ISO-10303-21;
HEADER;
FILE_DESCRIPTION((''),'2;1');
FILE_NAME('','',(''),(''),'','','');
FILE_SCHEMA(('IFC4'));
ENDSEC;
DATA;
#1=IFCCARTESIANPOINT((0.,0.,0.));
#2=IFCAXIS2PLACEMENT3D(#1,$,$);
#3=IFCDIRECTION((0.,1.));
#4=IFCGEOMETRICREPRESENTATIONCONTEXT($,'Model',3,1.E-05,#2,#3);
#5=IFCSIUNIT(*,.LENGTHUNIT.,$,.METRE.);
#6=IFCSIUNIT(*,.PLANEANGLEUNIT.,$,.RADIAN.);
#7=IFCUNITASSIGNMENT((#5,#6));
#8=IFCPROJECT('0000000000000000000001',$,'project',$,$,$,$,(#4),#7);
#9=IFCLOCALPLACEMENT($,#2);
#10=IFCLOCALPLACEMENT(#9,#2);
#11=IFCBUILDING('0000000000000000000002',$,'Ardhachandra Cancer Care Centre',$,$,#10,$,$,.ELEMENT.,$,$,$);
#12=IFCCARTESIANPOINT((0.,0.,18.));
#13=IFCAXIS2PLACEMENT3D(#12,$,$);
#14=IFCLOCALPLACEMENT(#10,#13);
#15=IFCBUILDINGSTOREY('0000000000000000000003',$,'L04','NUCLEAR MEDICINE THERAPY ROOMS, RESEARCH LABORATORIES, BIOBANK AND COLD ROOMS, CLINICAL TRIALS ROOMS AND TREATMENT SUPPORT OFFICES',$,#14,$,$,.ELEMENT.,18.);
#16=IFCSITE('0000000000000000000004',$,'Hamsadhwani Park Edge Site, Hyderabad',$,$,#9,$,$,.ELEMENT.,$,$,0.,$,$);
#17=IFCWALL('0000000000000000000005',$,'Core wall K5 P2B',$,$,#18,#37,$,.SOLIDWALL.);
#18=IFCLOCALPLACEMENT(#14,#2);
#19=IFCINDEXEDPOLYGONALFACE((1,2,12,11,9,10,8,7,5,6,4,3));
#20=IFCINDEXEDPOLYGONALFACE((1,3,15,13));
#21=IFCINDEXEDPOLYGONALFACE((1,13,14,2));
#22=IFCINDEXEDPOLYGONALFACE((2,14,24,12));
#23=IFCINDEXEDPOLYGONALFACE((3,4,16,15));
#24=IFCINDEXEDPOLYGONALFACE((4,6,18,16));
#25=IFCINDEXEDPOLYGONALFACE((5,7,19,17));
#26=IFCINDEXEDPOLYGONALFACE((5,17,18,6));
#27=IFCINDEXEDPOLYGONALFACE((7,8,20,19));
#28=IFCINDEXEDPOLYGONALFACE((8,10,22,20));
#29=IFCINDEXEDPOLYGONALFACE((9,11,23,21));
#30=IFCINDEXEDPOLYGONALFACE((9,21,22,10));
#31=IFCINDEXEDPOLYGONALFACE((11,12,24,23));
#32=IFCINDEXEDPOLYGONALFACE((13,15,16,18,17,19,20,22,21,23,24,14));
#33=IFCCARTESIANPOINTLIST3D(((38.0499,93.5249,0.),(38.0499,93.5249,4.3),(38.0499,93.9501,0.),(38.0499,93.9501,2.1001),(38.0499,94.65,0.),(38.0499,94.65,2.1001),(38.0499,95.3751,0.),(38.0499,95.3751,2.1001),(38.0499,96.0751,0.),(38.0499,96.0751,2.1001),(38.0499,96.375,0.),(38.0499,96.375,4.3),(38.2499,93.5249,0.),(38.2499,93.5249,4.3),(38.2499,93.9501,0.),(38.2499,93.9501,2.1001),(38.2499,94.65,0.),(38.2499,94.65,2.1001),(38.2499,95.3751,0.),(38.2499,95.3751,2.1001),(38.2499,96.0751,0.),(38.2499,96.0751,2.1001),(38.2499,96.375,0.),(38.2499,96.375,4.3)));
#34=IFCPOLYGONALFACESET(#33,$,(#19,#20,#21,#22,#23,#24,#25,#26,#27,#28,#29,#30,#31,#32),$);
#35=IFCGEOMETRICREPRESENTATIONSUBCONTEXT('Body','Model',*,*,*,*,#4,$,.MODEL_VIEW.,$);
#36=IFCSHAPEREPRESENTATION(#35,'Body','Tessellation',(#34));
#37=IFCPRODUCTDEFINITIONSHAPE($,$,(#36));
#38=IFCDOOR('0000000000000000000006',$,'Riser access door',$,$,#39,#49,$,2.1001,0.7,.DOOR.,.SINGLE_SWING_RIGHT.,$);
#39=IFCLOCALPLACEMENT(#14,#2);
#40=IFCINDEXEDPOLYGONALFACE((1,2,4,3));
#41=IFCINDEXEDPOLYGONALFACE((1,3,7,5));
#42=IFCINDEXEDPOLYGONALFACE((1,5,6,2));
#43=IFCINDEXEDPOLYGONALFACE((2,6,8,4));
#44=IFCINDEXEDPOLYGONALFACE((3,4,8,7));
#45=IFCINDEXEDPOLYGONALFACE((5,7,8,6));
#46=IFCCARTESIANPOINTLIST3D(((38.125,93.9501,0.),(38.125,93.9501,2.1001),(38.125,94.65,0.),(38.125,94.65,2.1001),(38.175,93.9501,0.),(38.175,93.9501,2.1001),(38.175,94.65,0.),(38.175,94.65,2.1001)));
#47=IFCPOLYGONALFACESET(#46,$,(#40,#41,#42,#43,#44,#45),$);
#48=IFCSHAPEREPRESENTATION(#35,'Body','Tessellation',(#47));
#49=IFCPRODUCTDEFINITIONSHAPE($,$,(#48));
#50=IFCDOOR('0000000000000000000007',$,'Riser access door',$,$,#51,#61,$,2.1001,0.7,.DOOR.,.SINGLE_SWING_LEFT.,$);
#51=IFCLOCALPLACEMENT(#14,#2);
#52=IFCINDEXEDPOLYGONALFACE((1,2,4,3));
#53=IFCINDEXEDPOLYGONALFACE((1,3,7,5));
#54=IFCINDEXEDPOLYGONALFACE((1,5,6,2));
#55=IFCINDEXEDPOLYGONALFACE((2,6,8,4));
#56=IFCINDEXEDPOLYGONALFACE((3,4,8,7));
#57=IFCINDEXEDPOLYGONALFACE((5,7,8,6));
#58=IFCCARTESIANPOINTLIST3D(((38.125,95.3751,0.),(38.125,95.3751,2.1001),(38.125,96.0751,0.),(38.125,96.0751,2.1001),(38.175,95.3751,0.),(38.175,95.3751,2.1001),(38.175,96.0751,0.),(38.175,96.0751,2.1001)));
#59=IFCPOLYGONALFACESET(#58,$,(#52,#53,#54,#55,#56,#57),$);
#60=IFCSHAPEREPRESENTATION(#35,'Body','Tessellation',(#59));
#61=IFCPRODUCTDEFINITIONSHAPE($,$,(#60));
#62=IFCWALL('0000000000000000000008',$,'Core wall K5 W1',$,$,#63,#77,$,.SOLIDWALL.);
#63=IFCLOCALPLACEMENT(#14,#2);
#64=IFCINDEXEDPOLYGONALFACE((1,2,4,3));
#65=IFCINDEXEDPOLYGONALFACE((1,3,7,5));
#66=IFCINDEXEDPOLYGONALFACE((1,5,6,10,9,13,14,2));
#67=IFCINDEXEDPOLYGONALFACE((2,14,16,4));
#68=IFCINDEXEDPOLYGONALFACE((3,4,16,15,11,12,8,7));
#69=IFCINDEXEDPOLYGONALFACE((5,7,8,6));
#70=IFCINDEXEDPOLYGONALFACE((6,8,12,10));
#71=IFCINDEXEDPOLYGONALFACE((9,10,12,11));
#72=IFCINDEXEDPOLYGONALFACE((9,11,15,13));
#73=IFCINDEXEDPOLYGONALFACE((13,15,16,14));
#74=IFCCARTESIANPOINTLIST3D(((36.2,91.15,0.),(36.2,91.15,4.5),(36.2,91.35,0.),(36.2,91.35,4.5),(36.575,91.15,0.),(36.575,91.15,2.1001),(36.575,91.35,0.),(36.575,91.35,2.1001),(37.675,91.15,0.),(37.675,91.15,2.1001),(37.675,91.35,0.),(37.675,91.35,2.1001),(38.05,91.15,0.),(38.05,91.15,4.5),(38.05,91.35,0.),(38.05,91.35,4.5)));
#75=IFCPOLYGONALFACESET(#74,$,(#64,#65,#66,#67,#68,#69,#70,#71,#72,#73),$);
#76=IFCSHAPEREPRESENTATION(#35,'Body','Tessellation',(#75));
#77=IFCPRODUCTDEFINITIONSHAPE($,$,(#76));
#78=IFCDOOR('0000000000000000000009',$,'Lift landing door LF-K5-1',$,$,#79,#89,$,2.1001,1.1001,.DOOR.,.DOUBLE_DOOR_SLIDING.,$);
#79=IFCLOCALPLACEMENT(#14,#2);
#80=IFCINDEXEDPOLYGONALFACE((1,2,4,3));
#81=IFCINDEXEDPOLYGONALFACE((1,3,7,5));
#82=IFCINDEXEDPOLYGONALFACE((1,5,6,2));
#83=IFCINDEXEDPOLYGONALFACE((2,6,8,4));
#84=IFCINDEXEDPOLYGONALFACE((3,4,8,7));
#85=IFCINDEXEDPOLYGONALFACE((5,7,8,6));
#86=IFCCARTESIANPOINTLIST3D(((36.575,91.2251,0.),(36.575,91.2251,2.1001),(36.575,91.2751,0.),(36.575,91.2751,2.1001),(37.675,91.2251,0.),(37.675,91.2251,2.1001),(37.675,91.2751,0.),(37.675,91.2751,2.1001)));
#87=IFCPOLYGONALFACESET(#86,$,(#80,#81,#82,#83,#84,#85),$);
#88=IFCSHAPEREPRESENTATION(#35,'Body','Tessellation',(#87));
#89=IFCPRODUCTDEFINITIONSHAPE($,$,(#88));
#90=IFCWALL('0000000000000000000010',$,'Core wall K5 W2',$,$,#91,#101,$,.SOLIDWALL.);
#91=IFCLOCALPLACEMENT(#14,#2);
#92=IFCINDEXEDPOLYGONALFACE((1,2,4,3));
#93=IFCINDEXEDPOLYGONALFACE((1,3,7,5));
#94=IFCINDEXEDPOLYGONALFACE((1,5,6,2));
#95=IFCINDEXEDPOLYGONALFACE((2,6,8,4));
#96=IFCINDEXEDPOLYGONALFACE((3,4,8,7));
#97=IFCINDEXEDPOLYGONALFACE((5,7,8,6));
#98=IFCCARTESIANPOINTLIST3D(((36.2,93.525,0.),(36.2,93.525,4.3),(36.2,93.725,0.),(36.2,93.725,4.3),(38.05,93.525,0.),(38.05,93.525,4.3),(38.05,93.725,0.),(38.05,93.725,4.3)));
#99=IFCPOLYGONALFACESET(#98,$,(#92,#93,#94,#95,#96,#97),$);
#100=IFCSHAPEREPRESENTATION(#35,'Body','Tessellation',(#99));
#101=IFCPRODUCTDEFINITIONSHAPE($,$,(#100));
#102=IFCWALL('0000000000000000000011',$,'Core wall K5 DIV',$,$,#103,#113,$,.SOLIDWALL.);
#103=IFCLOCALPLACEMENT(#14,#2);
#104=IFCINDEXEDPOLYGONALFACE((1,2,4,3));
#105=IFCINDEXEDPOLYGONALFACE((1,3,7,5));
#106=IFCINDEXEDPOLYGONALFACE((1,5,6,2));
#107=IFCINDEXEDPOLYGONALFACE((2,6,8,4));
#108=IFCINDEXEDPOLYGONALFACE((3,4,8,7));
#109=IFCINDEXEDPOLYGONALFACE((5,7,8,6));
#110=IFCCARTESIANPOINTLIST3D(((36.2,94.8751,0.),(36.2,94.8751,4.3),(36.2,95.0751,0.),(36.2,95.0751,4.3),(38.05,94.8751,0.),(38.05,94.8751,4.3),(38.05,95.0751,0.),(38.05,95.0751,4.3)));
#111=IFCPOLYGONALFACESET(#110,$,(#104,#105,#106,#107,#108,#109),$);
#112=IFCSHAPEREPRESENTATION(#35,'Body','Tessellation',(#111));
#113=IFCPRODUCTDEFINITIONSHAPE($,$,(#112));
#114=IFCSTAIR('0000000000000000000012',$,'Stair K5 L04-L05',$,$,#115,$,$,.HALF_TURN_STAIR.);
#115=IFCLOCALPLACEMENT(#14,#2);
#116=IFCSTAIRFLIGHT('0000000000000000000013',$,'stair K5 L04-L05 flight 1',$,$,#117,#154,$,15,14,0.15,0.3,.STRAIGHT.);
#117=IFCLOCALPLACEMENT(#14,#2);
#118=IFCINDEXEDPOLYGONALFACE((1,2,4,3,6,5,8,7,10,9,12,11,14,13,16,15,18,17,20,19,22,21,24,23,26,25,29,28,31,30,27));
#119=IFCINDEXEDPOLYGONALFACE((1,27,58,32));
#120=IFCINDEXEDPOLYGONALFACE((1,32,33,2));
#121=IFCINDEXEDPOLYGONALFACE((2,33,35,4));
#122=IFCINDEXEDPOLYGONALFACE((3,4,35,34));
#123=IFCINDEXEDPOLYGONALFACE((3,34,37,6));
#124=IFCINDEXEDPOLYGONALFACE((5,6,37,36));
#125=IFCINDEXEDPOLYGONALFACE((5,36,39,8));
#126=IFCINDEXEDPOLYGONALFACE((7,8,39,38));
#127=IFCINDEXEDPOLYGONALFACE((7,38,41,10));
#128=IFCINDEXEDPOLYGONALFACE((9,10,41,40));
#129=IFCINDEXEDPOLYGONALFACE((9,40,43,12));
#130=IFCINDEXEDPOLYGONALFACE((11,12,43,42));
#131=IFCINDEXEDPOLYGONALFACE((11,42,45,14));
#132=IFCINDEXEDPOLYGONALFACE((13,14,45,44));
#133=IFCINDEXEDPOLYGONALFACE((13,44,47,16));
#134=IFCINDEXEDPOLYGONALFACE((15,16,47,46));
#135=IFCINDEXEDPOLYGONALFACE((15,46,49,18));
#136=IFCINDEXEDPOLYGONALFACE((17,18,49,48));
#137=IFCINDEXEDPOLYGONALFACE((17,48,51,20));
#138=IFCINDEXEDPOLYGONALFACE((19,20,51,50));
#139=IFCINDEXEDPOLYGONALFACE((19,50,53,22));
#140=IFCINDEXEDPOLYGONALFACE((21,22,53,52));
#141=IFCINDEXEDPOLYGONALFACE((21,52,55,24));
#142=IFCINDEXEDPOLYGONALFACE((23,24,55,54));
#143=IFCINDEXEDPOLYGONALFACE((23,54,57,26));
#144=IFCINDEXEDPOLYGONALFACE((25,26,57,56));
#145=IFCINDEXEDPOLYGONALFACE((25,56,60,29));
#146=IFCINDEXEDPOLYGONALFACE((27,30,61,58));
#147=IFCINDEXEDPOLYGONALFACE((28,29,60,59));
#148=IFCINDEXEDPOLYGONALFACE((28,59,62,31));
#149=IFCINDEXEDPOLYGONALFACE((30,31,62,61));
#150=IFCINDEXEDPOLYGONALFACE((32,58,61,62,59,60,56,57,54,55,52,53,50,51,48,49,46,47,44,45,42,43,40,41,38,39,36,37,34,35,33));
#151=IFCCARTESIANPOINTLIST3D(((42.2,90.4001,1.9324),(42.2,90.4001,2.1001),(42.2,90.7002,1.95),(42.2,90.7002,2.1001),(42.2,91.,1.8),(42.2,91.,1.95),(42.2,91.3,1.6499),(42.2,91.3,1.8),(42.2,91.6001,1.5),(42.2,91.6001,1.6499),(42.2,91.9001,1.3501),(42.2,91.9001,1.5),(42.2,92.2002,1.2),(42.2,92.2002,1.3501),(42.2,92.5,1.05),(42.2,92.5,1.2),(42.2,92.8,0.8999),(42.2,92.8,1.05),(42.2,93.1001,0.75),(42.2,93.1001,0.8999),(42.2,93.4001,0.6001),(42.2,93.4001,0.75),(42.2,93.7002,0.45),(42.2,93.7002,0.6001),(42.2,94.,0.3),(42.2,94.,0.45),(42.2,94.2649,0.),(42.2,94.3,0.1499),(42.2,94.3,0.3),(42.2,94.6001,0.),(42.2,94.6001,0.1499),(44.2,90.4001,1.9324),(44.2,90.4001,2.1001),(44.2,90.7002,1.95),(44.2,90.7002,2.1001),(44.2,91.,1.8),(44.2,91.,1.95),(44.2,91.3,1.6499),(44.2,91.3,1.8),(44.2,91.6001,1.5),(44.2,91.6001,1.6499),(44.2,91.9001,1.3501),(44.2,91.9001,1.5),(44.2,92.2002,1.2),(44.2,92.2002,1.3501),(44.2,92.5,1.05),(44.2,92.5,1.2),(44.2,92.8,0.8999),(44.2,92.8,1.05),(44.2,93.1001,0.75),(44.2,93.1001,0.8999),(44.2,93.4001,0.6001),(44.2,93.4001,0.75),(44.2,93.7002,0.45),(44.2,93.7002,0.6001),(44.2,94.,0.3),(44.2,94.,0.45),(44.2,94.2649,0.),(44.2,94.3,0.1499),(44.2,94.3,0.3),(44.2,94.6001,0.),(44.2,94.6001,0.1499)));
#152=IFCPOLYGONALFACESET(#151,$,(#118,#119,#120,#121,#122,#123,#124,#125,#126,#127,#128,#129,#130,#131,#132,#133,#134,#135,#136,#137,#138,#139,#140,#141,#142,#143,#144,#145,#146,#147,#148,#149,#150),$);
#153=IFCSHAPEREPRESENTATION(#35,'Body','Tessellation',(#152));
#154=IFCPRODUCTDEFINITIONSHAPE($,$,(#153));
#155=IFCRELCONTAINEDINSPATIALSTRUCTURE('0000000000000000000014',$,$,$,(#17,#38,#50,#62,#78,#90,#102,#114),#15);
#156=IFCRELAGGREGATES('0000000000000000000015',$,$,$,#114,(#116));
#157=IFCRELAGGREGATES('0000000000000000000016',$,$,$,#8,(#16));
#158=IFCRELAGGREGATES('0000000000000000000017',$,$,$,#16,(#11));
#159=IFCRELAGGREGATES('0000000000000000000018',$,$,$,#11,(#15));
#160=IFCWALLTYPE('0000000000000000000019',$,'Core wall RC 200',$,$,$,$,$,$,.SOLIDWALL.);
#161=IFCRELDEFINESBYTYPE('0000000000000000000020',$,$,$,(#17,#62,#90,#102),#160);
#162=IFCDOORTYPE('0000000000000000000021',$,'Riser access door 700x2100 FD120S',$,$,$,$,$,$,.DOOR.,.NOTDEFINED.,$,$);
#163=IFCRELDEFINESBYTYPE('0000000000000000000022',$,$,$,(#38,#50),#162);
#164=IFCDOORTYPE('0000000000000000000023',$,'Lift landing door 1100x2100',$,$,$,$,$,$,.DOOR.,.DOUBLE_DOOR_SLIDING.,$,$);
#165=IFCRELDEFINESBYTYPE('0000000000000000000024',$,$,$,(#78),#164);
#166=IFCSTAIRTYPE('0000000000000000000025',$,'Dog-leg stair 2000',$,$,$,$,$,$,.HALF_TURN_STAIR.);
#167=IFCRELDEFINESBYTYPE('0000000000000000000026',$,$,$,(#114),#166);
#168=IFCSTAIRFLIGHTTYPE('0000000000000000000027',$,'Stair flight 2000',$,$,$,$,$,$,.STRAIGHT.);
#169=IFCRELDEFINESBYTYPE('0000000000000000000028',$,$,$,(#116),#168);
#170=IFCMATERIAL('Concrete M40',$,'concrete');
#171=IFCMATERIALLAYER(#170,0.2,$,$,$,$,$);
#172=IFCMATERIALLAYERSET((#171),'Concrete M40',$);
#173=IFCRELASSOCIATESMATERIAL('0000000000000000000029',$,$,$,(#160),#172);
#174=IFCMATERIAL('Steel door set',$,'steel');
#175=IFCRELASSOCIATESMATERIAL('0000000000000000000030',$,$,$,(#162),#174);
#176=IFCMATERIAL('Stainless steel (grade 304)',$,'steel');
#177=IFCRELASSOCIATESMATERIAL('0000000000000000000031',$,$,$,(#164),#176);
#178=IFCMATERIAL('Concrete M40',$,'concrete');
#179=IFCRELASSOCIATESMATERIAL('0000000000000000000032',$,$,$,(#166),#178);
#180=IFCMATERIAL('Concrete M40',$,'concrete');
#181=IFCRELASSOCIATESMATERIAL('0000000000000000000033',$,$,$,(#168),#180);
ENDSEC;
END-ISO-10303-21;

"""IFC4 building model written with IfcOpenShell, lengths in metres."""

from ifc_helpers import new_model, si_unit, direction, frame, frame_2d, origin, place, context, subcontext, project, spatial, polyline, rectangle, outline, extrude, material, layer, layer_set, type_object, element, fill, aggregate, save


model = new_model("IFC4")

# Units and contexts
model_context = context("Model", 3, precision=1e-05, world=origin(), true_north=direction((0.0, 1.0)))
body_context = subcontext(model_context, "Body", "Model", "MODEL_VIEW")
ifc_project = project(units=[si_unit("LENGTHUNIT", "METRE"), si_unit("PLANEANGLEUNIT", "RADIAN")], contexts=[model_context])

# Site, building, storey
site_placement = place(None, origin())
site = spatial("IfcSite", under=ifc_project, at=site_placement, Name="Hamsadhwani Park Edge Site, Hyderabad", CompositionType="ELEMENT", RefElevation=0.0)
building_placement = place(site_placement, origin())
building = spatial("IfcBuilding", under=site, at=building_placement, Name="Ardhachandra Cancer Care Centre", CompositionType="ELEMENT")
storey_placement = place(building_placement, frame((0.0, 0.0, 18.0)))
storey = spatial("IfcBuildingStorey", under=building, at=storey_placement, Name="L04", Description="NUCLEAR MEDICINE THERAPY ROOMS, RESEARCH LABORATORIES, BIOBANK AND COLD ROOMS, CLINICAL TRIALS ROOMS AND TREATMENT SUPPORT OFFICES", CompositionType="ELEMENT", Elevation=18.0)

# Wall, openings, doors
ifc_material_1 = material(Name="Concrete M40", Category="concrete")
ifc_layer_1 = layer(ifc_material_1, 0.2)
ifc_layer_set_1 = layer_set([ifc_layer_1], Name="Concrete M40")
wall_type = type_object("IfcWallType", Name="Core wall RC 200", PredefinedType="SOLIDWALL", material=ifc_layer_set_1)
wall_1_placement = place(storey_placement, frame((38.1499, 93.5249, 0.0), z_axis=(0.0, 0.0, 1.0), x_axis=(0.0, 1.0, 0.0)))
wall_1 = element("IfcWall", 1, at=wall_1_placement, inside=storey, type_object=wall_type, Name="Core wall K5 P2B", PredefinedType="SOLIDWALL", context=body_context, shape_type="SweptSolid", body=[
    extrude(rectangle(XDim=2.8501, YDim=0.2, at=frame_2d((1.425, 0.0))), origin(), (0.0, 0.0, 1.0), 4.3),
])
opening_1_placement = place(wall_1_placement, frame((0.425, 0.0, 0.0)))
opening_1 = element("IfcOpeningElement", 2, at=opening_1_placement, cuts=wall_1, PredefinedType="OPENING", context=body_context, shape_type="SweptSolid", body=[
    extrude(rectangle(XDim=0.7, YDim=2.1001, at=frame_2d((0.3501, 1.05))), frame((0.0, 0.1099, 0.0), z_axis=(0.0, -1.0, 0.0), x_axis=(1.0, 0.0, 0.0)), (0.0, 0.0, 1.0), 0.22),
])
opening_2_placement = place(wall_1_placement, frame((1.8501, 0.0, 0.0)))
opening_2 = element("IfcOpeningElement", 3, at=opening_2_placement, cuts=wall_1, PredefinedType="OPENING", context=body_context, shape_type="SweptSolid", body=[
    extrude(rectangle(XDim=0.7, YDim=2.1001, at=frame_2d((0.3501, 1.05))), frame((0.0, 0.1099, 0.0), z_axis=(0.0, -1.0, 0.0), x_axis=(1.0, 0.0, 0.0)), (0.0, 0.0, 1.0), 0.22),
])
ifc_material_2 = material(Name="Steel door set", Category="steel")
door_type_1 = type_object("IfcDoorType", Name="Riser access door 700x2100 FD120S", OperationType="NOTDEFINED", PredefinedType="DOOR", material=ifc_material_2)
door_1_placement = place(opening_1_placement, origin())
door_1 = element("IfcDoor", 4, at=door_1_placement, inside=storey, type_object=door_type_1, Name="Riser access door", OperationType="SINGLE_SWING_RIGHT", OverallHeight=2.1001, OverallWidth=0.7, PredefinedType="DOOR", context=body_context, shape_type="SweptSolid", body=[
    extrude(rectangle(XDim=0.7, YDim=2.1001, at=frame_2d((0.3501, 1.05))), frame((0.0, 0.0249, 0.0), z_axis=(0.0, -1.0, 0.0), x_axis=(1.0, 0.0, 0.0)), (0.0, 0.0, 1.0), 0.05),
])
fill(opening_1, door_1)
door_2_placement = place(opening_2_placement, origin())
door_2 = element("IfcDoor", 5, at=door_2_placement, inside=storey, type_object=door_type_1, Name="Riser access door", OperationType="SINGLE_SWING_LEFT", OverallHeight=2.1001, OverallWidth=0.7, PredefinedType="DOOR", context=body_context, shape_type="SweptSolid", body=[
    extrude(rectangle(XDim=0.7, YDim=2.1001, at=frame_2d((0.3501, 1.05))), frame((0.0, 0.0249, 0.0), z_axis=(0.0, -1.0, 0.0), x_axis=(1.0, 0.0, 0.0)), (0.0, 0.0, 1.0), 0.05),
])
fill(opening_2, door_2)

# Wall, opening, door
wall_2_placement = place(storey_placement, frame((38.05, 91.25, 0.0), z_axis=(0.0, 0.0, 1.0), x_axis=(-1.0, 0.0, 0.0)))
wall_2 = element("IfcWall", 6, at=wall_2_placement, inside=storey, type_object=wall_type, Name="Core wall K5 W1", PredefinedType="SOLIDWALL", context=body_context, shape_type="SweptSolid", body=[
    extrude(rectangle(XDim=1.8501, YDim=0.2, at=frame_2d((0.925, 0.0))), origin(), (0.0, 0.0, 1.0), 4.5),
])
opening_3_placement = place(wall_2_placement, frame((0.375, 0.0, 0.0)))
opening_3 = element("IfcOpeningElement", 7, at=opening_3_placement, cuts=wall_2, PredefinedType="OPENING", context=body_context, shape_type="SweptSolid", body=[
    extrude(rectangle(XDim=1.1001, YDim=2.1001, at=frame_2d((0.55, 1.05))), frame((0.0, 0.1099, 0.0), z_axis=(0.0, -1.0, 0.0), x_axis=(1.0, 0.0, 0.0)), (0.0, 0.0, 1.0), 0.22),
])
ifc_material_3 = material(Name="Stainless steel (grade 304)", Category="steel")
door_type_2 = type_object("IfcDoorType", Name="Lift landing door 1100x2100", OperationType="DOUBLE_DOOR_SLIDING", PredefinedType="DOOR", material=ifc_material_3)
door_3_placement = place(opening_3_placement, origin())
door_3 = element("IfcDoor", 8, at=door_3_placement, inside=storey, type_object=door_type_2, Name="Lift landing door LF-K5-1", OperationType="DOUBLE_DOOR_SLIDING", OverallHeight=2.1001, OverallWidth=1.1001, PredefinedType="DOOR", context=body_context, shape_type="SweptSolid", body=[
    extrude(rectangle(XDim=1.1001, YDim=2.1001, at=frame_2d((0.55, 1.05))), frame((0.0, 0.0249, 0.0), z_axis=(0.0, -1.0, 0.0), x_axis=(1.0, 0.0, 0.0)), (0.0, 0.0, 1.0), 0.05),
])
fill(opening_3, door_3)

# Walls
for number, where, z_axis, x_axis, name in (
    (9, (38.05, 93.625, 0.0), (0.0, 0.0, 1.0), (-1.0, 0.0, 0.0), "Core wall K5 W2"),
    (10, (38.05, 94.9751, 0.0), (0.0, 0.0, 1.0), (-1.0, 0.0, 0.0), "Core wall K5 DIV"),
):
    element("IfcWall", number, at=place(storey_placement, frame(where, z_axis=z_axis, x_axis=x_axis)), inside=storey, type_object=wall_type, Name=name, PredefinedType="SOLIDWALL", context=body_context, shape_type="SweptSolid", body=[
        extrude(rectangle(XDim=1.8501, YDim=0.2, at=frame_2d((0.925, 0.0))), origin(), (0.0, 0.0, 1.0), 4.3),
    ])

# Stair, stair flight
ifc_material_4 = material(Name="Concrete M40", Category="concrete")
stair_type = type_object("IfcStairType", Name="Dog-leg stair 2000", PredefinedType="HALF_TURN_STAIR", material=ifc_material_4)
stair_placement = place(storey_placement, origin())
stair = element("IfcStair", 11, at=stair_placement, inside=storey, type_object=stair_type, Name="Stair K5 L04-L05", PredefinedType="HALF_TURN_STAIR")
ifc_material_5 = material(Name="Concrete M40", Category="concrete")
stair_flight_type = type_object("IfcStairFlightType", Name="Stair flight 2000", PredefinedType="STRAIGHT", material=ifc_material_5)
stair_flight_1_placement = place(storey_placement, frame((43.2, 94.6001, 0.0), z_axis=(0.0, 0.0, 1.0), x_axis=(0.0, -1.0, 0.0)))
stair_flight_1 = element("IfcStairFlight", 12, at=stair_flight_1_placement, type_object=stair_flight_type, Name="stair K5 L04-L05 flight 1", NumberOfRisers=15, NumberOfTreads=14, PredefinedType="STRAIGHT", RiserHeight=0.15, TreadLength=0.3, context=body_context, shape_type="SweptSolid", body=[
    extrude(outline(polyline([(0.0, 0.0), (0.0, 0.1499), (0.3, 0.1499), (0.3, 0.3), (0.6001, 0.3), (0.6001, 0.45), (0.8999, 0.45), (0.8999, 0.6001), (1.2, 0.6001), (1.2, 0.75), (1.5, 0.75), (1.5, 0.8999), (1.8, 0.8999), (1.8, 1.05), (2.1001, 1.05), (2.1001, 1.2), (2.3999, 1.2), (2.3999, 1.3501), (2.7, 1.3501), (2.7, 1.5), (3.0, 1.5), (3.0, 1.6499), (3.3, 1.6499), (3.3, 1.8), (3.6001, 1.8), (3.6001, 1.95), (3.8999, 1.95), (3.8999, 2.1001), (4.2, 2.1001), (4.2, 2.25), (4.2, 1.9324), (0.3352, 0.0), (0.0, 0.0)])), frame((0.0, 1.0, 0.0), z_axis=(0.0, -1.0, 0.0), x_axis=(1.0, 0.0, 0.0)), (0.0, 0.0, 1.0), 2.0),
])
aggregate(stair, [stair_flight_1])

save(model, "model.ifc")
